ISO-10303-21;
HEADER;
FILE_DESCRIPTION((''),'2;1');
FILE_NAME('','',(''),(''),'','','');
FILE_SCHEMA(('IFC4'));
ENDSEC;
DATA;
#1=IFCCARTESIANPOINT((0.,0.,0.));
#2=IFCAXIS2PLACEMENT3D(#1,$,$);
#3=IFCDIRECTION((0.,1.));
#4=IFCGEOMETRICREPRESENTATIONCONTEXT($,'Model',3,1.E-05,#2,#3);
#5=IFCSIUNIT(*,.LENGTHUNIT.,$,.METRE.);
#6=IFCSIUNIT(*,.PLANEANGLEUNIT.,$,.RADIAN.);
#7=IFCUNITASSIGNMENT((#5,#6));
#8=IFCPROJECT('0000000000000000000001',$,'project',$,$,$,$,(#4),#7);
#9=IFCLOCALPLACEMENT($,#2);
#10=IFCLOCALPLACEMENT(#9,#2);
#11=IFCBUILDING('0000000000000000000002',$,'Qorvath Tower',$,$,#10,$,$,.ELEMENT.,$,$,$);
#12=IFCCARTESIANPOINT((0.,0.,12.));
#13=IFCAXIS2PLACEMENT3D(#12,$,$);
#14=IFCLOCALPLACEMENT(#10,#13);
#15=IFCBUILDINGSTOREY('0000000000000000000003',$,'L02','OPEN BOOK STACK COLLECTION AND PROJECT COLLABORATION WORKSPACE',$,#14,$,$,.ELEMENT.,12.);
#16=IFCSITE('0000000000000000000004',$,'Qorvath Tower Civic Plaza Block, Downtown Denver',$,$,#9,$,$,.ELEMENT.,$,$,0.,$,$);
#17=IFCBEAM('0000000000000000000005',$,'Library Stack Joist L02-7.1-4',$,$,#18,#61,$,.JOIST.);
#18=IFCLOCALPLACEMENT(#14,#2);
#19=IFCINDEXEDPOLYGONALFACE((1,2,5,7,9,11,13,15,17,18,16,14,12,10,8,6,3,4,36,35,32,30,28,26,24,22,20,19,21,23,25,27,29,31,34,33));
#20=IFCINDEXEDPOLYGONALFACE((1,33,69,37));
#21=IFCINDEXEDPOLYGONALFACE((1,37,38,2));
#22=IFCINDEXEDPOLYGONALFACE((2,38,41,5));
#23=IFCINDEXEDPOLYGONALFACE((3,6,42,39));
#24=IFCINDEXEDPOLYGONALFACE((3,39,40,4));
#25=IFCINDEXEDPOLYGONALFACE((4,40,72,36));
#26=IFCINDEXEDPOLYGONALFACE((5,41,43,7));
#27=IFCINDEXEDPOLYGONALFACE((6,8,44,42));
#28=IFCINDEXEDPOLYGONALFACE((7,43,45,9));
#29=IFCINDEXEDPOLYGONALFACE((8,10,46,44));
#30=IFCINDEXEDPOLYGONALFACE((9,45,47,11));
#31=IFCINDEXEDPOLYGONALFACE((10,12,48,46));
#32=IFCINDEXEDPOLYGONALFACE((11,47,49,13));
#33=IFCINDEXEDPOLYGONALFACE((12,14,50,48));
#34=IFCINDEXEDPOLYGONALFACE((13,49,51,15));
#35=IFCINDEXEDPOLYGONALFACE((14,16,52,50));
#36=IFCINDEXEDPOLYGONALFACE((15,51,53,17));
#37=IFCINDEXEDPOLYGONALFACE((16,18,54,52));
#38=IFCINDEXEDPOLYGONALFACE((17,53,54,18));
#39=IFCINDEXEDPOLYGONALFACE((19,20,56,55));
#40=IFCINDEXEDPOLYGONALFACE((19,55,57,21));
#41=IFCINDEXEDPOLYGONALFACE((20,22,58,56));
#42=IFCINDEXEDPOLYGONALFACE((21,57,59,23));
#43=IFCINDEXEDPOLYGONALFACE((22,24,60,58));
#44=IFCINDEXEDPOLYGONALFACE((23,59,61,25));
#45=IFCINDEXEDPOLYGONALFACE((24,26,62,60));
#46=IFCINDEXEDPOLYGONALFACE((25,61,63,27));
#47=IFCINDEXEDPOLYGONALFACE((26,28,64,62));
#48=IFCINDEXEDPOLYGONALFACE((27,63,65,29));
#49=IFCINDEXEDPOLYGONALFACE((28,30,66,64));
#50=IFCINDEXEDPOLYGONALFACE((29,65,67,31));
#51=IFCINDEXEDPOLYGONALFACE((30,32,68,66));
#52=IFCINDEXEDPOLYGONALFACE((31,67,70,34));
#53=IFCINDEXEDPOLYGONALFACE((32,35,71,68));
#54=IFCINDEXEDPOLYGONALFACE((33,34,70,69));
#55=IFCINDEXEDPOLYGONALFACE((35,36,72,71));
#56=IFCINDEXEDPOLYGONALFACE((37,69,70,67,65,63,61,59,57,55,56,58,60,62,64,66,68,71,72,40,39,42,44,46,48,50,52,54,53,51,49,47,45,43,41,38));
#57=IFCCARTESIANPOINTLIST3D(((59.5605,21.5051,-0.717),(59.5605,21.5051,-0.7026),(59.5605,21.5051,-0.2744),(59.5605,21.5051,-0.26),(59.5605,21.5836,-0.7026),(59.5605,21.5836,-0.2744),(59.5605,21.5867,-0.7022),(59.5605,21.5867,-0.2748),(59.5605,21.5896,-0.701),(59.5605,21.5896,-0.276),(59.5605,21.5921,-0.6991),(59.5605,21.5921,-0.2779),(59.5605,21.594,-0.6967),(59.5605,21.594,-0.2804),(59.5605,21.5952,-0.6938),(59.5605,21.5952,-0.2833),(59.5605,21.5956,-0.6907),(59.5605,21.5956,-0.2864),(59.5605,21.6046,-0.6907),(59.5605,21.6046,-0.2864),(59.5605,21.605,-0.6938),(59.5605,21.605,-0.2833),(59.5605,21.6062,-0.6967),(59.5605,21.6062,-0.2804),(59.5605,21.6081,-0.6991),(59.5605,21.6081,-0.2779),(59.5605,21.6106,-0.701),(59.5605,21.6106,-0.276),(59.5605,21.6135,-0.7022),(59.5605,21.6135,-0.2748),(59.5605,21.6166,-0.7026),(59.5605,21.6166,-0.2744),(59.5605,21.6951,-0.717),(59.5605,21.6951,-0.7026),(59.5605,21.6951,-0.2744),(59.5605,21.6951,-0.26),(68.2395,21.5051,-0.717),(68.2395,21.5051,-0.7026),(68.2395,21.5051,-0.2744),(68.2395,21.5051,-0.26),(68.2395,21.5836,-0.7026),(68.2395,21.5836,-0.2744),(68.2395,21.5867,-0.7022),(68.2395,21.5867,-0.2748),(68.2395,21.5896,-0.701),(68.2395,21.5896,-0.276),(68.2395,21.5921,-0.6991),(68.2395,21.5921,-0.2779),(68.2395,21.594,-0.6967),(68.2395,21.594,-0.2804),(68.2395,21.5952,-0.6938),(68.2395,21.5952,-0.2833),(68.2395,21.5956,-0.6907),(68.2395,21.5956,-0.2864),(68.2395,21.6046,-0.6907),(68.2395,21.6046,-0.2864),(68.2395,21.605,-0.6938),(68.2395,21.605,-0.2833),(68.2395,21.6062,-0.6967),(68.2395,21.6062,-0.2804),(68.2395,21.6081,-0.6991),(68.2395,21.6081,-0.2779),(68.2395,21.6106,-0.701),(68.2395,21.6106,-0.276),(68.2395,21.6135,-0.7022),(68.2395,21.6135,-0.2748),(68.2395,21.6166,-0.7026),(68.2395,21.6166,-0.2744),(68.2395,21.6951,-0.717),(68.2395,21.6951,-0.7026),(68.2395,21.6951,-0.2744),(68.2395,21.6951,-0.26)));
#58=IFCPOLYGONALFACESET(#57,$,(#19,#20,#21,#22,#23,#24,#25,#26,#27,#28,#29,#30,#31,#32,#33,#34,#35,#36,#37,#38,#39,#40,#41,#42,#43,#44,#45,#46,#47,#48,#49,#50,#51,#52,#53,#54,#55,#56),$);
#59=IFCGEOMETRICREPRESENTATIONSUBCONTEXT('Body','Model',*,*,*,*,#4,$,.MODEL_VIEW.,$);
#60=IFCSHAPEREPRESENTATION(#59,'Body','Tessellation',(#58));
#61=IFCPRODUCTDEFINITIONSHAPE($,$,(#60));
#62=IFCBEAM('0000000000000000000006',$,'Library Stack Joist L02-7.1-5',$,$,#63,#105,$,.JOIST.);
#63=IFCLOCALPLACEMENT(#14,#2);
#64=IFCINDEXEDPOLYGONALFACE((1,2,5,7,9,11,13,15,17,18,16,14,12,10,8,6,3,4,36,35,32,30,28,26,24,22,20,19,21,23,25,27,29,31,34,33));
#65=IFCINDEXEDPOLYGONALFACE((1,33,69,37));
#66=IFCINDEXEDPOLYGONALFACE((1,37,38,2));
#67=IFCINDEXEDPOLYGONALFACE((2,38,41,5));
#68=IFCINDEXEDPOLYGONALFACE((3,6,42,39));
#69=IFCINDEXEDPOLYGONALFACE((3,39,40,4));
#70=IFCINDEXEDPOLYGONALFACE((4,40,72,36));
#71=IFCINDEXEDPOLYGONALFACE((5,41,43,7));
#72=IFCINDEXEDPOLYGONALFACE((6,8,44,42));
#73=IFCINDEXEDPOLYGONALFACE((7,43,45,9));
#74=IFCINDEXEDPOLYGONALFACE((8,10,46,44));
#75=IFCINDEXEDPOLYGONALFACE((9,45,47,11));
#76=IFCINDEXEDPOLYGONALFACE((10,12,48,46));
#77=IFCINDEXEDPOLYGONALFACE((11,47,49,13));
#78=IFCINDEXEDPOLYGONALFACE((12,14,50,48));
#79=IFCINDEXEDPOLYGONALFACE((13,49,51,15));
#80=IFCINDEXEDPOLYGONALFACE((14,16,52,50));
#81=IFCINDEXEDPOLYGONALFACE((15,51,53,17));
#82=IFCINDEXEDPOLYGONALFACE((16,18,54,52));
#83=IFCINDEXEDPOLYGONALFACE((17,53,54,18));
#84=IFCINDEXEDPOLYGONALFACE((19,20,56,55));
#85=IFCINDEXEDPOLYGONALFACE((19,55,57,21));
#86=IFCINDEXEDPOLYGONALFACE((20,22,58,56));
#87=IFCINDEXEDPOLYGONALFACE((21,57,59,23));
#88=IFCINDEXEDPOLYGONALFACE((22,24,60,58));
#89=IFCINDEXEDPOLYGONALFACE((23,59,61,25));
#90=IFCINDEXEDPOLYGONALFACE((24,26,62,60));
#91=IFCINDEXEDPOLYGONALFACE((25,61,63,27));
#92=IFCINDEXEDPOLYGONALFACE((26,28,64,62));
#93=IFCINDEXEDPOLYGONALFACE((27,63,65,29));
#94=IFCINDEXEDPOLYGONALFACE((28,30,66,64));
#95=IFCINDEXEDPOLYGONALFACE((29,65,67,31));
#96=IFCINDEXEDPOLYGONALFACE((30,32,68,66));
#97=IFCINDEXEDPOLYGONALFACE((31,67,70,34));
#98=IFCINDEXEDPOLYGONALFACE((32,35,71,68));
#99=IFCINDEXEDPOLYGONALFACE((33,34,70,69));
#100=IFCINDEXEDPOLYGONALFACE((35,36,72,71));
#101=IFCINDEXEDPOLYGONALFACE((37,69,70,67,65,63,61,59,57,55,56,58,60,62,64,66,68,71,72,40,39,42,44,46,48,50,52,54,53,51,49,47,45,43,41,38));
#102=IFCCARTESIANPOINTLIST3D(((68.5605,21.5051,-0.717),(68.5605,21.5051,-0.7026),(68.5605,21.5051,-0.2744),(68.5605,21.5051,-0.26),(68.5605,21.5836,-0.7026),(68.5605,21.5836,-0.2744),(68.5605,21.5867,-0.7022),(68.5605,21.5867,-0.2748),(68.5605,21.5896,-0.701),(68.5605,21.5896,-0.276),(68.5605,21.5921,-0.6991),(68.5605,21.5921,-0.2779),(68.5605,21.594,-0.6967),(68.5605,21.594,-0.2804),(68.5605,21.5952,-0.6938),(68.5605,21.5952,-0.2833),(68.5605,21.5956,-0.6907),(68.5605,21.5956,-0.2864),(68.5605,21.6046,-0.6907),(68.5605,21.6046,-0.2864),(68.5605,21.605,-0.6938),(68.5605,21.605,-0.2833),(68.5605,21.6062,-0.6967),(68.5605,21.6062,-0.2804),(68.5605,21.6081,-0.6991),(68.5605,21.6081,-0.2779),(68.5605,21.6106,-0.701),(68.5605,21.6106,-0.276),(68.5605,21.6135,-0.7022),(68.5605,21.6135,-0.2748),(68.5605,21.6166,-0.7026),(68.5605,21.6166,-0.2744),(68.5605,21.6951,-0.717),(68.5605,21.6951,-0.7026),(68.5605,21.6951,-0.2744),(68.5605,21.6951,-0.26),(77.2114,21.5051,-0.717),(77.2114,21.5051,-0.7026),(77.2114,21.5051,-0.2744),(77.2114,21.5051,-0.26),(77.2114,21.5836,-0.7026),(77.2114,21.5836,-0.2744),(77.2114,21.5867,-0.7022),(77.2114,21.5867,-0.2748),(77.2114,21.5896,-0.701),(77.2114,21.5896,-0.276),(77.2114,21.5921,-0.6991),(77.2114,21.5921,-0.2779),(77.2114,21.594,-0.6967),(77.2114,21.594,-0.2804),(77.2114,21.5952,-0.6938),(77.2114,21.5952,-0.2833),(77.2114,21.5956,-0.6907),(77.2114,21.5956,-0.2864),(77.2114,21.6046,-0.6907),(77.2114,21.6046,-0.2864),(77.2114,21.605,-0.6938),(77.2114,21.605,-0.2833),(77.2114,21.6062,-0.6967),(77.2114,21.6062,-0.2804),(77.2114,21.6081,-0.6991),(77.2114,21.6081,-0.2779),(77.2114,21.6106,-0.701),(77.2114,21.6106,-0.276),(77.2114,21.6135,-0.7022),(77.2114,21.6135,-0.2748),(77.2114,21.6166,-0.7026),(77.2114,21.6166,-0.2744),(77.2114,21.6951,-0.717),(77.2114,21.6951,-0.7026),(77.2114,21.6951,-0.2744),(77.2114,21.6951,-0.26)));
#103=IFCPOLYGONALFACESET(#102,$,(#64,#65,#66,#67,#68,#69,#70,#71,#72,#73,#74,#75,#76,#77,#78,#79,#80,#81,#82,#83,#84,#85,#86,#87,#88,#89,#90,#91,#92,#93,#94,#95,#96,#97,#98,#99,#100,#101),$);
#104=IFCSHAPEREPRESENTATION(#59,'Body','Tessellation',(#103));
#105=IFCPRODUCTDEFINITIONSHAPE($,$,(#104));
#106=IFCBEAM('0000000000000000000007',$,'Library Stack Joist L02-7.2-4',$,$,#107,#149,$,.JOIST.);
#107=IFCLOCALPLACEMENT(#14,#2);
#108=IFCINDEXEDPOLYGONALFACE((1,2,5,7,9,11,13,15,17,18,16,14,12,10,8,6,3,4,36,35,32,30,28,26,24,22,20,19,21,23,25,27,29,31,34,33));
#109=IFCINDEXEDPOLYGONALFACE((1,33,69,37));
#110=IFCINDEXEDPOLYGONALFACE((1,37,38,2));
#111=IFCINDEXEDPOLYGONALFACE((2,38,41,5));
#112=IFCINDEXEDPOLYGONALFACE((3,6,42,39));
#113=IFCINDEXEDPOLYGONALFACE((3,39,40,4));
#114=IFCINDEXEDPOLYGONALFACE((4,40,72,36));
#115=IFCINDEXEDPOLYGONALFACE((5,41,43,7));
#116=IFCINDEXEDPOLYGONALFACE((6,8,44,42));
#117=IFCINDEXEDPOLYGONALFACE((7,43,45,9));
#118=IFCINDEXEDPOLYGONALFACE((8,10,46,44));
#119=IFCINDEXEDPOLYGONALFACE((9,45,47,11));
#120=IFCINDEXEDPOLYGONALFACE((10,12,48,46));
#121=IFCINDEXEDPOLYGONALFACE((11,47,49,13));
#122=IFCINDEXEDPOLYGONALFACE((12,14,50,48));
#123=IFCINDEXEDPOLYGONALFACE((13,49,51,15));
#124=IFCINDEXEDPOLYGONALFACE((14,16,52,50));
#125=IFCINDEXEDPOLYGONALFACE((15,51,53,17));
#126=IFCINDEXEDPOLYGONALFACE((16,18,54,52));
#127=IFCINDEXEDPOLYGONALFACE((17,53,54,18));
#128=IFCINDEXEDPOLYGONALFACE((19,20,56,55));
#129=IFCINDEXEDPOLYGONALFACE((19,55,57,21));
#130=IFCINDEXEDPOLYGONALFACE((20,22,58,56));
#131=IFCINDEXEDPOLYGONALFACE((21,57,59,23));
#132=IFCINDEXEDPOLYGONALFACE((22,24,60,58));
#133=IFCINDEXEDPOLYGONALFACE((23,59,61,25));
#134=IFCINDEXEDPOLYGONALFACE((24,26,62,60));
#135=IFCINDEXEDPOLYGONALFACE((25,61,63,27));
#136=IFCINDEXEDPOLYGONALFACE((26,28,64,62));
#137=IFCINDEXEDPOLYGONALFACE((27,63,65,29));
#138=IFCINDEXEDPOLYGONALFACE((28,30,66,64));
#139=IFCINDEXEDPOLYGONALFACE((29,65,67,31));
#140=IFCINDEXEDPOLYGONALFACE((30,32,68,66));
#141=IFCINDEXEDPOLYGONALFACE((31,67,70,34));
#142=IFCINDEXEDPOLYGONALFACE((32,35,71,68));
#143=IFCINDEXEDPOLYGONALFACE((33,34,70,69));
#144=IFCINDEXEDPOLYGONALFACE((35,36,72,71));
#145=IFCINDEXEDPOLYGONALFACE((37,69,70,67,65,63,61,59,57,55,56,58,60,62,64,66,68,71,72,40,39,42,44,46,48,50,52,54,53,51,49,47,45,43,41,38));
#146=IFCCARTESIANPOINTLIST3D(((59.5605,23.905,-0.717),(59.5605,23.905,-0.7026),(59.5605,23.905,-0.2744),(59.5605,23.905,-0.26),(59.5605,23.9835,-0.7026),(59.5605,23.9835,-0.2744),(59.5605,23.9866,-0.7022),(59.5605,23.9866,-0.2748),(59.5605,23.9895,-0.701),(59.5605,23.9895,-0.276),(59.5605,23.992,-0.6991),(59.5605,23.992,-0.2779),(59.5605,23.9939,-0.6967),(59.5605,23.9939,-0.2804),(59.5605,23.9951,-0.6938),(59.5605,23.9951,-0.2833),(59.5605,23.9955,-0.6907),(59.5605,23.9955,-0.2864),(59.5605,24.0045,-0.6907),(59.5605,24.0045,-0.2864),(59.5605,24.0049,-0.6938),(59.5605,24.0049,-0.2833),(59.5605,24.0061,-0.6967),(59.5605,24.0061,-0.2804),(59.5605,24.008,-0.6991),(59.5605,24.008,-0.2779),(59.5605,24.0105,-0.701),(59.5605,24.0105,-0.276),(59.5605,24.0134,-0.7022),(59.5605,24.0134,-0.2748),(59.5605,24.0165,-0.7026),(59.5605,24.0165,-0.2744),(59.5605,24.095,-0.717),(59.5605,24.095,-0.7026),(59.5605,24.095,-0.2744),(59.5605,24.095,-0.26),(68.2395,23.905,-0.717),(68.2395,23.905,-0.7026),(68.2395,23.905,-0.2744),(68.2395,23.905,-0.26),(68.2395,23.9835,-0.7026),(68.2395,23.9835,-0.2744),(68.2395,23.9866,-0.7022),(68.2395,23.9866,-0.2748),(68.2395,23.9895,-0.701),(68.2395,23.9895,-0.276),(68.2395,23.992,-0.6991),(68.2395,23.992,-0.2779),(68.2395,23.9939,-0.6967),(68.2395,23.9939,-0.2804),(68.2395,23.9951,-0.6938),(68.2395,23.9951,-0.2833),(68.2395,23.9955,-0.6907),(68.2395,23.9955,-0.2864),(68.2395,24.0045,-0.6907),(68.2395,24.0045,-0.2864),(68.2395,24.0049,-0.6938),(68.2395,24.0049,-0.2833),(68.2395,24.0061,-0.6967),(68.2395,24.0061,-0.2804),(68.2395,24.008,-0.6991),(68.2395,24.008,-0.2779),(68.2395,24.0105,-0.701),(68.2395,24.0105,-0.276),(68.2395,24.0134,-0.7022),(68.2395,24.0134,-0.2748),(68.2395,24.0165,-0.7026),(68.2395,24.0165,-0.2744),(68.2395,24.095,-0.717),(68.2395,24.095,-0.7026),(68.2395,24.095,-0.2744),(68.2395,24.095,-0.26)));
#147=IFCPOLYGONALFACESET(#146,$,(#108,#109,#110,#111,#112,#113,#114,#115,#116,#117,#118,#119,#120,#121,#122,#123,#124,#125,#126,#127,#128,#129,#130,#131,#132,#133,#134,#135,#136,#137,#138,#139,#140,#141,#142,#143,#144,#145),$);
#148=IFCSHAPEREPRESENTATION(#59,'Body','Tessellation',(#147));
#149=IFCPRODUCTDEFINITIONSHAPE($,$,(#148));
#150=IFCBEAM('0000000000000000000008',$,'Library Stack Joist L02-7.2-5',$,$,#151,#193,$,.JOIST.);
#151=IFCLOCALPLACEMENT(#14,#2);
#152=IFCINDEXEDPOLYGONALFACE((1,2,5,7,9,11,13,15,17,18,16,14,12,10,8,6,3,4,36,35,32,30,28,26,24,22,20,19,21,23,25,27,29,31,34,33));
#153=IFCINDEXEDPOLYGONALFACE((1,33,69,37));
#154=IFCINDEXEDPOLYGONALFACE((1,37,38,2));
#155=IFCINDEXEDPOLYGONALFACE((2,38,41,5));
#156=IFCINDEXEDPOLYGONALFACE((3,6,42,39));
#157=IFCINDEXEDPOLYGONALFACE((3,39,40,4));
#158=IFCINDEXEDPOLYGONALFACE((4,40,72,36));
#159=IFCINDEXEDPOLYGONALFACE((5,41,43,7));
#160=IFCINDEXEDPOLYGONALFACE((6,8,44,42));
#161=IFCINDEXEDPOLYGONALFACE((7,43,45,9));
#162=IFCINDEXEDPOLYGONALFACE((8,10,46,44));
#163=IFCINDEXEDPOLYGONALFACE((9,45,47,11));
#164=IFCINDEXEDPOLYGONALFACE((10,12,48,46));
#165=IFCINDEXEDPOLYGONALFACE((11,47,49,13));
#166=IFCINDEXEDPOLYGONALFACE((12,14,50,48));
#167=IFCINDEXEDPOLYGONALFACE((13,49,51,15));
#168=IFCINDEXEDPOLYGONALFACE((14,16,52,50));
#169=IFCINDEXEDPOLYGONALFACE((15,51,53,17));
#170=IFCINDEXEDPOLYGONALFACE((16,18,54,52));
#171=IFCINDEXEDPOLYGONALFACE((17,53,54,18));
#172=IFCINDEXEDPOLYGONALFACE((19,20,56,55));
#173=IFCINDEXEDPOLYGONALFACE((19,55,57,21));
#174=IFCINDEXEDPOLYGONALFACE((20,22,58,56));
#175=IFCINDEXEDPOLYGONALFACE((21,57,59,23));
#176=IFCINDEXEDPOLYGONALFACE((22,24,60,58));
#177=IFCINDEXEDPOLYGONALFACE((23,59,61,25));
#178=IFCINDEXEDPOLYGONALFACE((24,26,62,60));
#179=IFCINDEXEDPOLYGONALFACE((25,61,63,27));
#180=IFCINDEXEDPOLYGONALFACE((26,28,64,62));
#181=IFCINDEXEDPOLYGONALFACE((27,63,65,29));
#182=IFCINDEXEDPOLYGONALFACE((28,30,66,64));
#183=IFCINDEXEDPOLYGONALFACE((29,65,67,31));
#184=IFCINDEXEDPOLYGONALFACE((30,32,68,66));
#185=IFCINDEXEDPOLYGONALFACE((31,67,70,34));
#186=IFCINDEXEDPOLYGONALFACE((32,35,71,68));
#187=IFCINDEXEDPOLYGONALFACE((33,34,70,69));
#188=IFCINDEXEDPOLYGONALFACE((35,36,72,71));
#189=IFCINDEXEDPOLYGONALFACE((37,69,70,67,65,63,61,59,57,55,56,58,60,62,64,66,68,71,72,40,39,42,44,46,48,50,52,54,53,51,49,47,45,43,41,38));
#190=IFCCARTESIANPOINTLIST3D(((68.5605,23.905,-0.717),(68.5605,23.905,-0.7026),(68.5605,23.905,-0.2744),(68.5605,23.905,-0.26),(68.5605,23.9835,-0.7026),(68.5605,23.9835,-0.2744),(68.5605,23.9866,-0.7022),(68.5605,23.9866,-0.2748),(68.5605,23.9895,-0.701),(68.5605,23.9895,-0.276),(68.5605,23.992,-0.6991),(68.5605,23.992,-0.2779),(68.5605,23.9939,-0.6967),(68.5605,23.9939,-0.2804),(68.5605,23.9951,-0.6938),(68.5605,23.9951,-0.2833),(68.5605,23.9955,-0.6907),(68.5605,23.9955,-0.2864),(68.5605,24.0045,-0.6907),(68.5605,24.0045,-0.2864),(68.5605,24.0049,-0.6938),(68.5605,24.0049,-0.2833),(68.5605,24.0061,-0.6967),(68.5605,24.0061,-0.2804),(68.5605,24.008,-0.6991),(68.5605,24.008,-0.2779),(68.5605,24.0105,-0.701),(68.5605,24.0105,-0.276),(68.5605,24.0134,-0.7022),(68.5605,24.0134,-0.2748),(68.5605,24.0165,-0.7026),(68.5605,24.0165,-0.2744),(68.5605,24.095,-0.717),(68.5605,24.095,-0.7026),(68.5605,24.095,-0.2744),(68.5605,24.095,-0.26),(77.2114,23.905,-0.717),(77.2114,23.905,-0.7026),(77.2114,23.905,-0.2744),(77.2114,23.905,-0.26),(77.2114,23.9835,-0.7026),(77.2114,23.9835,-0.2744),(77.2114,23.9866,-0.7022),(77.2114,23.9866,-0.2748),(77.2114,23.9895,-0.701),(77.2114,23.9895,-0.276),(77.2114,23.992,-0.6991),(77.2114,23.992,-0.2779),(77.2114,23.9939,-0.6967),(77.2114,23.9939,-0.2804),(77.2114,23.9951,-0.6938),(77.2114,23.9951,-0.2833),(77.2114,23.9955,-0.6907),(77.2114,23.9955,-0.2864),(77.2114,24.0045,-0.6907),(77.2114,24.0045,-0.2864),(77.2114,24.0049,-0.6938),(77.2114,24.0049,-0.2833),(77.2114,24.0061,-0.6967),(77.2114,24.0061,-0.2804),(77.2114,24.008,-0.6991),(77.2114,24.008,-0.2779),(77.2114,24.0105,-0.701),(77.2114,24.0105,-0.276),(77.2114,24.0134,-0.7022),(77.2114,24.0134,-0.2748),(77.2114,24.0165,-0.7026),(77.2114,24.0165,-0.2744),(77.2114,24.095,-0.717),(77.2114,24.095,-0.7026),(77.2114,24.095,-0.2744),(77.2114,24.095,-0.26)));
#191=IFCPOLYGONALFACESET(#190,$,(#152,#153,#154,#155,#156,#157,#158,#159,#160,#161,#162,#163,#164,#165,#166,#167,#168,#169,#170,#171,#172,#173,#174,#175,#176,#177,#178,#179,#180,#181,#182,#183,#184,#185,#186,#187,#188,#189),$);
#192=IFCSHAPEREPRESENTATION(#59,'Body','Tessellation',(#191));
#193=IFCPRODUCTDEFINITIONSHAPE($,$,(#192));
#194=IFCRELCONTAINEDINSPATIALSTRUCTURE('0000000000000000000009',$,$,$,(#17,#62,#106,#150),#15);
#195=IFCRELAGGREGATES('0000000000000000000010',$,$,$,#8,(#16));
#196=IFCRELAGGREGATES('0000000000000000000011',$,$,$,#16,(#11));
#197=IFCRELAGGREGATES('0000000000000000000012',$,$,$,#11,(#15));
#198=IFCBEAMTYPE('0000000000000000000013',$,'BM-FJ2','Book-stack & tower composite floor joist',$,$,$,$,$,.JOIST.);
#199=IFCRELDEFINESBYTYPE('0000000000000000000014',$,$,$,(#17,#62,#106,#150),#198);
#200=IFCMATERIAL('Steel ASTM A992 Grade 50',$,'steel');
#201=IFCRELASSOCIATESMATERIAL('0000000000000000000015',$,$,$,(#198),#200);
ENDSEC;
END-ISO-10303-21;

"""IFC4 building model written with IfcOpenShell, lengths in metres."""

from ifc_helpers import new_model, si_unit, direction, frame, origin, origin_2d, place, context, subcontext, project, spatial, i_section, extrude, material, material_profile, profile_set, type_object, element, save


model = new_model("IFC4")

# Units and contexts
model_context = context("Model", 3, precision=1e-05, world=origin(), true_north=direction((0.0, 1.0)))
body_context = subcontext(model_context, "Body", "Model", "MODEL_VIEW")
ifc_project = project(units=[si_unit("LENGTHUNIT", "METRE"), si_unit("PLANEANGLEUNIT", "RADIAN")], contexts=[model_context])

# Site, building, storey
site_placement = place(None, origin())
site = spatial("IfcSite", under=ifc_project, at=site_placement, Name="Qorvath Tower Civic Plaza Block, Downtown Denver", CompositionType="ELEMENT", RefElevation=0.0)
building_placement = place(site_placement, origin())
building = spatial("IfcBuilding", under=site, at=building_placement, Name="Qorvath Tower", CompositionType="ELEMENT")
storey_placement = place(building_placement, frame((0.0, 0.0, 12.0)))
storey = spatial("IfcBuildingStorey", under=building, at=storey_placement, Name="L02", Description="OPEN BOOK STACK COLLECTION AND PROJECT COLLABORATION WORKSPACE", CompositionType="ELEMENT", Elevation=12.0)

# Beams
ifc_material_1 = material(Name="Steel ASTM A992 Grade 50", Category="steel")
ifc_material_profile_1 = material_profile(ifc_material_1, i_section(OverallWidth=0.1899, OverallDepth=0.457, WebThickness=0.009, FlangeThickness=0.0144, FilletRadius=0.012, at=origin_2d()), Name="W18x50")
ifc_profile_set_1 = profile_set([ifc_material_profile_1], Name="Steel ASTM A992 Grade 50")
beam_type_1 = type_object("IfcBeamType", Name="BM-FJ2", Description="Book-stack & tower composite floor joist", PredefinedType="JOIST", material=ifc_profile_set_1)
beam_1_placement = place(storey_placement, frame((59.5605, 21.6001, -0.4885), z_axis=(1.0, 0.0, 0.0), x_axis=(0.0, 1.0, 0.0)))
element("IfcBeam", 1, at=beam_1_placement, inside=storey, type_object=beam_type_1, Name="Library Stack Joist L02-7.1-4", PredefinedType="JOIST", context=body_context, shape_type="SweptSolid", body=[
    extrude(i_section(OverallWidth=0.1899, OverallDepth=0.457, WebThickness=0.009, FlangeThickness=0.0144, FilletRadius=0.012, at=origin_2d()), origin(), (0.0, 0.0, 1.0), 8.679),
])
beam_2_placement = place(storey_placement, frame((68.5605, 21.6001, -0.4885), z_axis=(1.0, 0.0, 0.0), x_axis=(0.0, 1.0, 0.0)))
element("IfcBeam", 2, at=beam_2_placement, inside=storey, type_object=beam_type_1, Name="Library Stack Joist L02-7.1-5", PredefinedType="JOIST", context=body_context, shape_type="SweptSolid", body=[
    extrude(i_section(OverallWidth=0.1899, OverallDepth=0.457, WebThickness=0.009, FlangeThickness=0.0144, FilletRadius=0.012, at=origin_2d()), origin(), (0.0, 0.0, 1.0), 8.6509),
])
beam_3_placement = place(storey_placement, frame((59.5605, 24.0, -0.4885), z_axis=(1.0, 0.0, 0.0), x_axis=(0.0, 1.0, 0.0)))
element("IfcBeam", 3, at=beam_3_placement, inside=storey, type_object=beam_type_1, Name="Library Stack Joist L02-7.2-4", PredefinedType="JOIST", context=body_context, shape_type="SweptSolid", body=[
    extrude(i_section(OverallWidth=0.1899, OverallDepth=0.457, WebThickness=0.009, FlangeThickness=0.0144, FilletRadius=0.012, at=origin_2d()), origin(), (0.0, 0.0, 1.0), 8.679),
])
beam_4_placement = place(storey_placement, frame((68.5605, 24.0, -0.4885), z_axis=(1.0, 0.0, 0.0), x_axis=(0.0, 1.0, 0.0)))
element("IfcBeam", 4, at=beam_4_placement, inside=storey, type_object=beam_type_1, Name="Library Stack Joist L02-7.2-5", PredefinedType="JOIST", context=body_context, shape_type="SweptSolid", body=[
    extrude(i_section(OverallWidth=0.1899, OverallDepth=0.457, WebThickness=0.009, FlangeThickness=0.0144, FilletRadius=0.012, at=origin_2d()), origin(), (0.0, 0.0, 1.0), 8.6509),
])

save(model, "model.ifc")
